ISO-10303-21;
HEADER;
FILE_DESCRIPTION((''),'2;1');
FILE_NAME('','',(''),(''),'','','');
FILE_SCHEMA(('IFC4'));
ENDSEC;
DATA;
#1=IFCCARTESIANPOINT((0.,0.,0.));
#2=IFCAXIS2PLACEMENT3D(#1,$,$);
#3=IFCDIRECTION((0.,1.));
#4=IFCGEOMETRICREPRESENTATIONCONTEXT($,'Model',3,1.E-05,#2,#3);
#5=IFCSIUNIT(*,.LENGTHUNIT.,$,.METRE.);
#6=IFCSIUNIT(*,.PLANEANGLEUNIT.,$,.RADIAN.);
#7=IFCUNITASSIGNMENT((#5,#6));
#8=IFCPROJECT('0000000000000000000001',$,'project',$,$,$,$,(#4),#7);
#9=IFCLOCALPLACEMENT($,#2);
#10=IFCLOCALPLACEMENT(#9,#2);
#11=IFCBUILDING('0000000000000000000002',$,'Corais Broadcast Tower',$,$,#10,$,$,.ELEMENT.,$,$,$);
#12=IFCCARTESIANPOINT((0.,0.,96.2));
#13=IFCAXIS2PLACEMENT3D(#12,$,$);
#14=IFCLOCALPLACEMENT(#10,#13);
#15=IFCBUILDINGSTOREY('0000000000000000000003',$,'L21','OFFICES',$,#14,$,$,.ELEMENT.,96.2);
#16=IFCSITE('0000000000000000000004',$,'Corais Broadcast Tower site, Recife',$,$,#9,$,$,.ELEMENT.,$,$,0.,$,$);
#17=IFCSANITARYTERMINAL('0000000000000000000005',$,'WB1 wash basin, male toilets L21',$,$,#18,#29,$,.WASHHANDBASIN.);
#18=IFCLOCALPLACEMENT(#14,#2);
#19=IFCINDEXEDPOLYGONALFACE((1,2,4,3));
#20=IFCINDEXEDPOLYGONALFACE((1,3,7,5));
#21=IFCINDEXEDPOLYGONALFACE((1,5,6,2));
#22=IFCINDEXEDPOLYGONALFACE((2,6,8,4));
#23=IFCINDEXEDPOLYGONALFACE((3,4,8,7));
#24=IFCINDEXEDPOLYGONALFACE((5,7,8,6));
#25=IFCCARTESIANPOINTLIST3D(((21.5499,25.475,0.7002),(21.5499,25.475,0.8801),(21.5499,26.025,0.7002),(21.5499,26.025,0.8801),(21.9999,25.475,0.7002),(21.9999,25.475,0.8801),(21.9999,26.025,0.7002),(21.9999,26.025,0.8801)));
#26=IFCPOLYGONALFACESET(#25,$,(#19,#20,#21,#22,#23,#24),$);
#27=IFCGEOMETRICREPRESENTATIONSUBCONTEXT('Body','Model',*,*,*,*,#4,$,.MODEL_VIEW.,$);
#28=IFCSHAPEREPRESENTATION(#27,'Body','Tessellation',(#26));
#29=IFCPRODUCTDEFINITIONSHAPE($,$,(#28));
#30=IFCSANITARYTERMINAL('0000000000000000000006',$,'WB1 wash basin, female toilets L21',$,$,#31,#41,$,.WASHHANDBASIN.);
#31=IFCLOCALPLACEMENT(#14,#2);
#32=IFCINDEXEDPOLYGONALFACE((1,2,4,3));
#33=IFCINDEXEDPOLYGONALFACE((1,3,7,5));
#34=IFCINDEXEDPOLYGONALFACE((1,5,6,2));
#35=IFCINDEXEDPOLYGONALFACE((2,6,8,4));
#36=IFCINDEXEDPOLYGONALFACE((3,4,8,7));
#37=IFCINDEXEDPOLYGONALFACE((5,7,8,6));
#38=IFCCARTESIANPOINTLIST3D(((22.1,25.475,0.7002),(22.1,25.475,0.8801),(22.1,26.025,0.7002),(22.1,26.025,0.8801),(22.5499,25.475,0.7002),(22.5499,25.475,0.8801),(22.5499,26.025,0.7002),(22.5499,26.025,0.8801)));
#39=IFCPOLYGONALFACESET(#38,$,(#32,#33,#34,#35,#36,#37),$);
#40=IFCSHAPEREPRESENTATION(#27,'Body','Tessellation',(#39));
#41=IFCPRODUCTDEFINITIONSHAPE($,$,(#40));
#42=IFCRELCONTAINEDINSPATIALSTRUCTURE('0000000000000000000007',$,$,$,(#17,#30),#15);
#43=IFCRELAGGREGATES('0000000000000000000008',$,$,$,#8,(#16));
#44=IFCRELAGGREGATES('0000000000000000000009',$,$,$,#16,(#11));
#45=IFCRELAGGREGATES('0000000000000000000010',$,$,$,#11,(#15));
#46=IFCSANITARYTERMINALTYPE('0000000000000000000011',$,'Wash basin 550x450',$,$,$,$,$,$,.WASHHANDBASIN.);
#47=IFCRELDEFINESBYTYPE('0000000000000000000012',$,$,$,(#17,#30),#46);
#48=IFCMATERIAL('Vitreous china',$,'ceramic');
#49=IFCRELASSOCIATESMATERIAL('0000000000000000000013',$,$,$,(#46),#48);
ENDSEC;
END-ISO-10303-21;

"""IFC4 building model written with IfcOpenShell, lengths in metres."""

from ifc_helpers import new_model, si_unit, direction, frame, origin, origin_2d, place, context, subcontext, project, spatial, rectangle, extrude, material, type_object, element, save


model = new_model("IFC4")

# Units and contexts
model_context = context("Model", 3, precision=1e-05, world=origin(), true_north=direction((0.0, 1.0)))
body_context = subcontext(model_context, "Body", "Model", "MODEL_VIEW")
ifc_project = project(units=[si_unit("LENGTHUNIT", "METRE"), si_unit("PLANEANGLEUNIT", "RADIAN")], contexts=[model_context])

# Site, building, storey
site_placement = place(None, origin())
site = spatial("IfcSite", under=ifc_project, at=site_placement, Name="Corais Broadcast Tower site, Recife", CompositionType="ELEMENT", RefElevation=0.0)
building_placement = place(site_placement, origin())
building = spatial("IfcBuilding", under=site, at=building_placement, Name="Corais Broadcast Tower", CompositionType="ELEMENT")
storey_placement = place(building_placement, frame((0.0, 0.0, 96.2)))
storey = spatial("IfcBuildingStorey", under=building, at=storey_placement, Name="L21", Description="OFFICES", CompositionType="ELEMENT", Elevation=96.2)

# Sanitary terminals
ifc_material_1 = material(Name="Vitreous china", Category="ceramic")
sanitary_terminal_type_1 = type_object("IfcSanitaryTerminalType", Name="Wash basin 550x450", PredefinedType="WASHHANDBASIN", material=ifc_material_1)
for number, where, z_axis, x_axis, name in (
    (1, (21.7749, 25.75, 0.7002), (0.0, 0.0, 1.0), (1.0, 0.0, 0.0), "WB1 wash basin, male toilets L21"),
    (2, (22.325, 25.75, 0.7002), (0.0, 0.0, 1.0), (1.0, 0.0, 0.0), "WB1 wash basin, female toilets L21"),
):
    element("IfcSanitaryTerminal", number, at=place(storey_placement, frame(where, z_axis=z_axis, x_axis=x_axis)), inside=storey, type_object=sanitary_terminal_type_1, Name=name, PredefinedType="WASHHANDBASIN", context=body_context, shape_type="SweptSolid", body=[
        extrude(rectangle(XDim=0.45, YDim=0.55, at=origin_2d()), origin(), (0.0, 0.0, 1.0), 0.1799),
    ])

save(model, "model.ifc")
